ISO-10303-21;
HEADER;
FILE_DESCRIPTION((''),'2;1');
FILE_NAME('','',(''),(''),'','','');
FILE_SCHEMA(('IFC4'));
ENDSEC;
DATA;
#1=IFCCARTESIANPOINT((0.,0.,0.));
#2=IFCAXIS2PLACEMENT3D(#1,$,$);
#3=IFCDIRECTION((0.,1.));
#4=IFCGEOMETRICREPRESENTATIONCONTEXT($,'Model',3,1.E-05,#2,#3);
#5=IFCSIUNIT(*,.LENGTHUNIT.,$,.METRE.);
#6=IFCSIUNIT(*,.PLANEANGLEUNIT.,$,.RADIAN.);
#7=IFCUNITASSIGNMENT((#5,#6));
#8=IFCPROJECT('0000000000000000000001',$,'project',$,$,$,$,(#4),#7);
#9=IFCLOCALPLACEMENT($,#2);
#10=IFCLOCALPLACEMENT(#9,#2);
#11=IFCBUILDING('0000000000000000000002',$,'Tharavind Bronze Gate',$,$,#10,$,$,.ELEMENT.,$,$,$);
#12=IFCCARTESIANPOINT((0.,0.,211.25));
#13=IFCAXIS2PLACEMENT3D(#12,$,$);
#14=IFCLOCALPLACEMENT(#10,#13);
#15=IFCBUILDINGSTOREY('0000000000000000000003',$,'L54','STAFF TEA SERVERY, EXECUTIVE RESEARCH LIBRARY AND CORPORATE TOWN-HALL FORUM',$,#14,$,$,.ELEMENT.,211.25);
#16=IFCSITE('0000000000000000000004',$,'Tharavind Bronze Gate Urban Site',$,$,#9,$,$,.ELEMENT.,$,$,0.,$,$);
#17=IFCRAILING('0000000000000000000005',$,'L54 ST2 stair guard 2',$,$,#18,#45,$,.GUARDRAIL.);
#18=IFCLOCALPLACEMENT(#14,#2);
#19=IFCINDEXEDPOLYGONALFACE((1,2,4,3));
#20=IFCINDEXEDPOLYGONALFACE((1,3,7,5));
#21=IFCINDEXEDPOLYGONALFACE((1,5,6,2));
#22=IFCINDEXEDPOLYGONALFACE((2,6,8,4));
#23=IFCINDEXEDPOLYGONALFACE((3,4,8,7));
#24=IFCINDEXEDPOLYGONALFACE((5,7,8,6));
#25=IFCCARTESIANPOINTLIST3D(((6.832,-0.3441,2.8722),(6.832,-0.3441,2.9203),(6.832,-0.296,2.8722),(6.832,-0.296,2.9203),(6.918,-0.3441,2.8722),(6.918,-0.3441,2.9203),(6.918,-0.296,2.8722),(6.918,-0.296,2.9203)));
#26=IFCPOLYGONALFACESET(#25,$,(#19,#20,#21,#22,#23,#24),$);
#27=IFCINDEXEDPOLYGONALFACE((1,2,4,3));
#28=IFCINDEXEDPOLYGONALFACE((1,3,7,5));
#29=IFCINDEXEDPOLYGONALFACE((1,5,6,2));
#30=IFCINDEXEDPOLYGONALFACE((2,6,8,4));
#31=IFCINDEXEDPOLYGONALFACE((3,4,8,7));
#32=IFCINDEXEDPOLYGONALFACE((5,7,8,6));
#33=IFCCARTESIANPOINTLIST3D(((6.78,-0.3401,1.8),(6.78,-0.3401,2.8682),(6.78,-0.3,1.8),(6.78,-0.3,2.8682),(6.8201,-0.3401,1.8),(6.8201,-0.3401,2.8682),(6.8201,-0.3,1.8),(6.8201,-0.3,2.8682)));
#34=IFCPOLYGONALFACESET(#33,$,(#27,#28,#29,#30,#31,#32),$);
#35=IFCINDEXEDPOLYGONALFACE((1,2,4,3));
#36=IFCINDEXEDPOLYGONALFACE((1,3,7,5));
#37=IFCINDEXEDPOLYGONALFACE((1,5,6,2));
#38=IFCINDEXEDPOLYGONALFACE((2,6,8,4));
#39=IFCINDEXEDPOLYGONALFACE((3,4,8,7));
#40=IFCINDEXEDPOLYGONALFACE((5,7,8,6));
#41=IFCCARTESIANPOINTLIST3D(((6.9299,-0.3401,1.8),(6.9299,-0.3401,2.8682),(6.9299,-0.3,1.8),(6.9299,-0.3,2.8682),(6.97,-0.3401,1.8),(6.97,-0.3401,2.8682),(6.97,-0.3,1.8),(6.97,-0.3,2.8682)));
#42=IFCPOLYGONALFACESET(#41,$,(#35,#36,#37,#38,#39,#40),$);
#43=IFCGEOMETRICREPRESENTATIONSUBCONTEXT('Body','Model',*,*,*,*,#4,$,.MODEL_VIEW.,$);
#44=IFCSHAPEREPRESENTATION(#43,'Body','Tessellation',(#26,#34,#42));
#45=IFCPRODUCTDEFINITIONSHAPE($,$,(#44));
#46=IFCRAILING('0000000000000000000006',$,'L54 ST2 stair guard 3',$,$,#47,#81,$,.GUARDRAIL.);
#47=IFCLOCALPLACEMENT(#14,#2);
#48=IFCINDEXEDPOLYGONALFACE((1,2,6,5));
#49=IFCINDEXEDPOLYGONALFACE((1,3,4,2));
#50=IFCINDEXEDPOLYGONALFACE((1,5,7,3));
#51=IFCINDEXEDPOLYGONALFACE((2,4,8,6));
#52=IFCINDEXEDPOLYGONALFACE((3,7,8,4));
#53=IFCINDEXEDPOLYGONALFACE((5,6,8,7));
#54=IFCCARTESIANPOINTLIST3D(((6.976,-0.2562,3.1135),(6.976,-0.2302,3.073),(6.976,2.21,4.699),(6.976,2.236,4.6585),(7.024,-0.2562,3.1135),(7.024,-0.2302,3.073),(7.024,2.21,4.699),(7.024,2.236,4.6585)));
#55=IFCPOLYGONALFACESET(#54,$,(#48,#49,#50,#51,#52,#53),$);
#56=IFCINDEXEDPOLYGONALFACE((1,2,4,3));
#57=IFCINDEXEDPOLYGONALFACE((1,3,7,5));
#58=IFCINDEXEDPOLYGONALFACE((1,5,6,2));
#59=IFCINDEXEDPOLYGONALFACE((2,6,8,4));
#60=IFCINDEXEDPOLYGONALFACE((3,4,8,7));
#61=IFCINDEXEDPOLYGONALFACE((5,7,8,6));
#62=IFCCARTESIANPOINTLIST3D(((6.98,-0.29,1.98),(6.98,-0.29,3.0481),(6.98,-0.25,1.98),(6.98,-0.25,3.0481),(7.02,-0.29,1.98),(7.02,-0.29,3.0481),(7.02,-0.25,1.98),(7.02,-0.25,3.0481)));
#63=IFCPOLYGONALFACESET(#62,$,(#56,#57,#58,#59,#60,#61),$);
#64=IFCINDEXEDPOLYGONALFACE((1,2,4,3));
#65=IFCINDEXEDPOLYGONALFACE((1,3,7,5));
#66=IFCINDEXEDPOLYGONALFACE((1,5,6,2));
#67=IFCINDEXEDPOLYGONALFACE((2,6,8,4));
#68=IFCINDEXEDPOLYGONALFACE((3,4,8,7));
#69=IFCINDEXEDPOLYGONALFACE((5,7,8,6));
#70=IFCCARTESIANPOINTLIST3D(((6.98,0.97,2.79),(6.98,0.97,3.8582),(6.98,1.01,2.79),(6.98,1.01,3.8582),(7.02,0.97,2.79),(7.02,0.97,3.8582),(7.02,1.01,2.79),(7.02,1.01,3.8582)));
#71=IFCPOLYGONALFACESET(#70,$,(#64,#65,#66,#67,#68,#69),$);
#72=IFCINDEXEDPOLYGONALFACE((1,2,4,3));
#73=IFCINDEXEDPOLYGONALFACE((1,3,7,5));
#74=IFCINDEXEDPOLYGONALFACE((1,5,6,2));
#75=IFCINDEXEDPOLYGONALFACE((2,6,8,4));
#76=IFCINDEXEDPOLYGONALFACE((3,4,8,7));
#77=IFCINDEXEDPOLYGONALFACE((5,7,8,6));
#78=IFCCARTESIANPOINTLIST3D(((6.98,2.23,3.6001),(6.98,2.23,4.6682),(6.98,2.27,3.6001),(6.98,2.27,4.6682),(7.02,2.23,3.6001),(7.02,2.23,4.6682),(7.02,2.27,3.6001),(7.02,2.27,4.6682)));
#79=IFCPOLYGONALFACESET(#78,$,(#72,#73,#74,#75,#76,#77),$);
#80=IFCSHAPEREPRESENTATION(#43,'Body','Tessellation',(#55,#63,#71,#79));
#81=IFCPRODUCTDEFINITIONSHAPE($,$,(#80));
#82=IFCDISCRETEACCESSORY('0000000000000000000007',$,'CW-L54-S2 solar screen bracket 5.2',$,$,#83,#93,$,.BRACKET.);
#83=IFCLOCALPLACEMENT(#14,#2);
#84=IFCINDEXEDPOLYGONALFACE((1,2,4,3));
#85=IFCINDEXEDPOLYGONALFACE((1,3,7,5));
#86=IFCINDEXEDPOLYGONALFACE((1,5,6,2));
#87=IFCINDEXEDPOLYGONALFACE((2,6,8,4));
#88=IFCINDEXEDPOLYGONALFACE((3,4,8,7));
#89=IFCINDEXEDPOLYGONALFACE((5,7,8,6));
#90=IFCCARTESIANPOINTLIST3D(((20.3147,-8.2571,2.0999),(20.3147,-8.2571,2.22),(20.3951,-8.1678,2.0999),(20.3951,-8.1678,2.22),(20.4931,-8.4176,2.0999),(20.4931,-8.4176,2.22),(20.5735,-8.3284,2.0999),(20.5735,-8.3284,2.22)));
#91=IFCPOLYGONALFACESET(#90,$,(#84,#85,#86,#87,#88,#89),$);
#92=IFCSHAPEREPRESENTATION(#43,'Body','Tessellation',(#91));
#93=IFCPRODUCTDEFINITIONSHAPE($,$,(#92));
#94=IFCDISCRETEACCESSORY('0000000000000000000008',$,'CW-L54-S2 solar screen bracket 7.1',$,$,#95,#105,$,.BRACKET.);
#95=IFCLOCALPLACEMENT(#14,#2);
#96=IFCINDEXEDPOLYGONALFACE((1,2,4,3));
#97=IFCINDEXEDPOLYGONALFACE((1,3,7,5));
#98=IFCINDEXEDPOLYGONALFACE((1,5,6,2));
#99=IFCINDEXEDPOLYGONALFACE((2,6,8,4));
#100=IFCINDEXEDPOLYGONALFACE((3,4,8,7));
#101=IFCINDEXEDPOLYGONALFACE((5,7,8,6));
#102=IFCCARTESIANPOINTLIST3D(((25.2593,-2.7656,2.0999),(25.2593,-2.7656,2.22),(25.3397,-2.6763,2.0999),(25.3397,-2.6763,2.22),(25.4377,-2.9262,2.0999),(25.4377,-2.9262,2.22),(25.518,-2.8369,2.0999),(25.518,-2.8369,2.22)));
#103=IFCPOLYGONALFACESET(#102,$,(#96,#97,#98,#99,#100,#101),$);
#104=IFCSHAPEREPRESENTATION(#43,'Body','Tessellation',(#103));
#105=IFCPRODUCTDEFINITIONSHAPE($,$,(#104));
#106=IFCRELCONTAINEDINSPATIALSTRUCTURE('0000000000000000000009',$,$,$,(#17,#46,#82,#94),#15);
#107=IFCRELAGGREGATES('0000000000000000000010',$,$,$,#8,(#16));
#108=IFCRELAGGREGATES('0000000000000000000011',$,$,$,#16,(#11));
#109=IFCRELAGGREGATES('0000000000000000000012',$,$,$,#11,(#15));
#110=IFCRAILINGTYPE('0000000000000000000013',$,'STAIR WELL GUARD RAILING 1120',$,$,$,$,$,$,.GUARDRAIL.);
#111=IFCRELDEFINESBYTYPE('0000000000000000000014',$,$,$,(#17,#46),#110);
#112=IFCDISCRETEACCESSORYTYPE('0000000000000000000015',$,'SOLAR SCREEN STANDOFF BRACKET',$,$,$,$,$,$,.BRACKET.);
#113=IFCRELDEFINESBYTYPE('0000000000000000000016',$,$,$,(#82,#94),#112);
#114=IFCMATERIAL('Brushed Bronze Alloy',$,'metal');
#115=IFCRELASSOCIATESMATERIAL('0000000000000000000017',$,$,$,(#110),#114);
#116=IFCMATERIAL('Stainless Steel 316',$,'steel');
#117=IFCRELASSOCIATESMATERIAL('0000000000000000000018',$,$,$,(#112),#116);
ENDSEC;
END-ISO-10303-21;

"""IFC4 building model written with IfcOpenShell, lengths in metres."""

from ifc_helpers import new_model, si_unit, direction, frame, origin, origin_2d, place, context, subcontext, project, spatial, rectangle, extrude, material, type_object, element, save


model = new_model("IFC4")

# Units and contexts
model_context = context("Model", 3, precision=1e-05, world=origin(), true_north=direction((0.0, 1.0)))
body_context = subcontext(model_context, "Body", "Model", "MODEL_VIEW")
ifc_project = project(units=[si_unit("LENGTHUNIT", "METRE"), si_unit("PLANEANGLEUNIT", "RADIAN")], contexts=[model_context])

# Site, building, storey
site_placement = place(None, origin())
site = spatial("IfcSite", under=ifc_project, at=site_placement, Name="Tharavind Bronze Gate Urban Site", CompositionType="ELEMENT", RefElevation=0.0)
building_placement = place(site_placement, origin())
building = spatial("IfcBuilding", under=site, at=building_placement, Name="Tharavind Bronze Gate", CompositionType="ELEMENT")
storey_placement = place(building_placement, frame((0.0, 0.0, 211.25)))
storey = spatial("IfcBuildingStorey", under=building, at=storey_placement, Name="L54", Description="STAFF TEA SERVERY, EXECUTIVE RESEARCH LIBRARY AND CORPORATE TOWN-HALL FORUM", CompositionType="ELEMENT", Elevation=211.25)

# Railings
ifc_material_1 = material(Name="Brushed Bronze Alloy", Category="metal")
railing_type_1 = type_object("IfcRailingType", Name="STAIR WELL GUARD RAILING 1120", PredefinedType="GUARDRAIL", material=ifc_material_1)
railing_1_placement = place(storey_placement, frame((6.8, -0.3201, 1.8)))
element("IfcRailing", 1, at=railing_1_placement, inside=storey, type_object=railing_type_1, Name="L54 ST2 stair guard 2", PredefinedType="GUARDRAIL", context=body_context, shape_type="SweptSolid", body=[
    extrude(rectangle(XDim=0.0481, YDim=0.0481, at=origin_2d()), frame((0.032, 0.0, 1.0962), z_axis=(1.0, 0.0, 0.0), x_axis=(0.0, 1.0, 0.0)), (0.0, 0.0, 1.0), 0.0859),
    extrude(rectangle(XDim=0.04, YDim=0.04, at=origin_2d()), origin(), (0.0, 0.0, 1.0), 1.0681),
    extrude(rectangle(XDim=0.04, YDim=0.04, at=origin_2d()), frame((0.1499, 0.0, 0.0)), (0.0, 0.0, 1.0), 1.0681),
])
railing_2_placement = place(storey_placement, frame((7.0, -0.27, 1.98)))
element("IfcRailing", 2, at=railing_2_placement, inside=storey, type_object=railing_type_1, Name="L54 ST2 stair guard 3", PredefinedType="GUARDRAIL", context=body_context, shape_type="SweptSolid", body=[
    extrude(rectangle(XDim=0.0481, YDim=0.0481, at=origin_2d()), frame((0.0, 0.0269, 1.1133), z_axis=(0.0, 0.841163, 0.540782), x_axis=(-1.0, 0.0, 0.0)), (0.0, 0.0, 1.0), 2.9319),
    extrude(rectangle(XDim=0.04, YDim=0.04, at=origin_2d()), origin(), (0.0, 0.0, 1.0), 1.0681),
    extrude(rectangle(XDim=0.04, YDim=0.04, at=origin_2d()), frame((0.0, 1.26, 0.8101)), (0.0, 0.0, 1.0), 1.0681),
    extrude(rectangle(XDim=0.04, YDim=0.04, at=origin_2d()), frame((0.0, 2.52, 1.6201)), (0.0, 0.0, 1.0), 1.0681),
])

# Discrete accessories
ifc_material_2 = material(Name="Stainless Steel 316", Category="steel")
discrete_accessory_type = type_object("IfcDiscreteAccessoryType", Name="SOLAR SCREEN STANDOFF BRACKET", PredefinedType="BRACKET", material=ifc_material_2)
for number, where, z_axis, x_axis, name in (
    (3, (20.4441, -8.2927, 2.0999), (0.0, 0.0, 1.0), (0.669131, 0.743145, 0.0), "CW-L54-S2 solar screen bracket 5.2"),
    (4, (25.3887, -2.8013, 2.0999), (0.0, 0.0, 1.0), (0.669131, 0.743145, 0.0), "CW-L54-S2 solar screen bracket 7.1"),
):
    element("IfcDiscreteAccessory", number, at=place(storey_placement, frame(where, z_axis=z_axis, x_axis=x_axis)), inside=storey, type_object=discrete_accessory_type, Name=name, PredefinedType="BRACKET", context=body_context, shape_type="SweptSolid", body=[
        extrude(rectangle(XDim=0.1201, YDim=0.24, at=origin_2d()), origin(), (0.0, 0.0, 1.0), 0.1201),
    ])

save(model, "model.ifc")
